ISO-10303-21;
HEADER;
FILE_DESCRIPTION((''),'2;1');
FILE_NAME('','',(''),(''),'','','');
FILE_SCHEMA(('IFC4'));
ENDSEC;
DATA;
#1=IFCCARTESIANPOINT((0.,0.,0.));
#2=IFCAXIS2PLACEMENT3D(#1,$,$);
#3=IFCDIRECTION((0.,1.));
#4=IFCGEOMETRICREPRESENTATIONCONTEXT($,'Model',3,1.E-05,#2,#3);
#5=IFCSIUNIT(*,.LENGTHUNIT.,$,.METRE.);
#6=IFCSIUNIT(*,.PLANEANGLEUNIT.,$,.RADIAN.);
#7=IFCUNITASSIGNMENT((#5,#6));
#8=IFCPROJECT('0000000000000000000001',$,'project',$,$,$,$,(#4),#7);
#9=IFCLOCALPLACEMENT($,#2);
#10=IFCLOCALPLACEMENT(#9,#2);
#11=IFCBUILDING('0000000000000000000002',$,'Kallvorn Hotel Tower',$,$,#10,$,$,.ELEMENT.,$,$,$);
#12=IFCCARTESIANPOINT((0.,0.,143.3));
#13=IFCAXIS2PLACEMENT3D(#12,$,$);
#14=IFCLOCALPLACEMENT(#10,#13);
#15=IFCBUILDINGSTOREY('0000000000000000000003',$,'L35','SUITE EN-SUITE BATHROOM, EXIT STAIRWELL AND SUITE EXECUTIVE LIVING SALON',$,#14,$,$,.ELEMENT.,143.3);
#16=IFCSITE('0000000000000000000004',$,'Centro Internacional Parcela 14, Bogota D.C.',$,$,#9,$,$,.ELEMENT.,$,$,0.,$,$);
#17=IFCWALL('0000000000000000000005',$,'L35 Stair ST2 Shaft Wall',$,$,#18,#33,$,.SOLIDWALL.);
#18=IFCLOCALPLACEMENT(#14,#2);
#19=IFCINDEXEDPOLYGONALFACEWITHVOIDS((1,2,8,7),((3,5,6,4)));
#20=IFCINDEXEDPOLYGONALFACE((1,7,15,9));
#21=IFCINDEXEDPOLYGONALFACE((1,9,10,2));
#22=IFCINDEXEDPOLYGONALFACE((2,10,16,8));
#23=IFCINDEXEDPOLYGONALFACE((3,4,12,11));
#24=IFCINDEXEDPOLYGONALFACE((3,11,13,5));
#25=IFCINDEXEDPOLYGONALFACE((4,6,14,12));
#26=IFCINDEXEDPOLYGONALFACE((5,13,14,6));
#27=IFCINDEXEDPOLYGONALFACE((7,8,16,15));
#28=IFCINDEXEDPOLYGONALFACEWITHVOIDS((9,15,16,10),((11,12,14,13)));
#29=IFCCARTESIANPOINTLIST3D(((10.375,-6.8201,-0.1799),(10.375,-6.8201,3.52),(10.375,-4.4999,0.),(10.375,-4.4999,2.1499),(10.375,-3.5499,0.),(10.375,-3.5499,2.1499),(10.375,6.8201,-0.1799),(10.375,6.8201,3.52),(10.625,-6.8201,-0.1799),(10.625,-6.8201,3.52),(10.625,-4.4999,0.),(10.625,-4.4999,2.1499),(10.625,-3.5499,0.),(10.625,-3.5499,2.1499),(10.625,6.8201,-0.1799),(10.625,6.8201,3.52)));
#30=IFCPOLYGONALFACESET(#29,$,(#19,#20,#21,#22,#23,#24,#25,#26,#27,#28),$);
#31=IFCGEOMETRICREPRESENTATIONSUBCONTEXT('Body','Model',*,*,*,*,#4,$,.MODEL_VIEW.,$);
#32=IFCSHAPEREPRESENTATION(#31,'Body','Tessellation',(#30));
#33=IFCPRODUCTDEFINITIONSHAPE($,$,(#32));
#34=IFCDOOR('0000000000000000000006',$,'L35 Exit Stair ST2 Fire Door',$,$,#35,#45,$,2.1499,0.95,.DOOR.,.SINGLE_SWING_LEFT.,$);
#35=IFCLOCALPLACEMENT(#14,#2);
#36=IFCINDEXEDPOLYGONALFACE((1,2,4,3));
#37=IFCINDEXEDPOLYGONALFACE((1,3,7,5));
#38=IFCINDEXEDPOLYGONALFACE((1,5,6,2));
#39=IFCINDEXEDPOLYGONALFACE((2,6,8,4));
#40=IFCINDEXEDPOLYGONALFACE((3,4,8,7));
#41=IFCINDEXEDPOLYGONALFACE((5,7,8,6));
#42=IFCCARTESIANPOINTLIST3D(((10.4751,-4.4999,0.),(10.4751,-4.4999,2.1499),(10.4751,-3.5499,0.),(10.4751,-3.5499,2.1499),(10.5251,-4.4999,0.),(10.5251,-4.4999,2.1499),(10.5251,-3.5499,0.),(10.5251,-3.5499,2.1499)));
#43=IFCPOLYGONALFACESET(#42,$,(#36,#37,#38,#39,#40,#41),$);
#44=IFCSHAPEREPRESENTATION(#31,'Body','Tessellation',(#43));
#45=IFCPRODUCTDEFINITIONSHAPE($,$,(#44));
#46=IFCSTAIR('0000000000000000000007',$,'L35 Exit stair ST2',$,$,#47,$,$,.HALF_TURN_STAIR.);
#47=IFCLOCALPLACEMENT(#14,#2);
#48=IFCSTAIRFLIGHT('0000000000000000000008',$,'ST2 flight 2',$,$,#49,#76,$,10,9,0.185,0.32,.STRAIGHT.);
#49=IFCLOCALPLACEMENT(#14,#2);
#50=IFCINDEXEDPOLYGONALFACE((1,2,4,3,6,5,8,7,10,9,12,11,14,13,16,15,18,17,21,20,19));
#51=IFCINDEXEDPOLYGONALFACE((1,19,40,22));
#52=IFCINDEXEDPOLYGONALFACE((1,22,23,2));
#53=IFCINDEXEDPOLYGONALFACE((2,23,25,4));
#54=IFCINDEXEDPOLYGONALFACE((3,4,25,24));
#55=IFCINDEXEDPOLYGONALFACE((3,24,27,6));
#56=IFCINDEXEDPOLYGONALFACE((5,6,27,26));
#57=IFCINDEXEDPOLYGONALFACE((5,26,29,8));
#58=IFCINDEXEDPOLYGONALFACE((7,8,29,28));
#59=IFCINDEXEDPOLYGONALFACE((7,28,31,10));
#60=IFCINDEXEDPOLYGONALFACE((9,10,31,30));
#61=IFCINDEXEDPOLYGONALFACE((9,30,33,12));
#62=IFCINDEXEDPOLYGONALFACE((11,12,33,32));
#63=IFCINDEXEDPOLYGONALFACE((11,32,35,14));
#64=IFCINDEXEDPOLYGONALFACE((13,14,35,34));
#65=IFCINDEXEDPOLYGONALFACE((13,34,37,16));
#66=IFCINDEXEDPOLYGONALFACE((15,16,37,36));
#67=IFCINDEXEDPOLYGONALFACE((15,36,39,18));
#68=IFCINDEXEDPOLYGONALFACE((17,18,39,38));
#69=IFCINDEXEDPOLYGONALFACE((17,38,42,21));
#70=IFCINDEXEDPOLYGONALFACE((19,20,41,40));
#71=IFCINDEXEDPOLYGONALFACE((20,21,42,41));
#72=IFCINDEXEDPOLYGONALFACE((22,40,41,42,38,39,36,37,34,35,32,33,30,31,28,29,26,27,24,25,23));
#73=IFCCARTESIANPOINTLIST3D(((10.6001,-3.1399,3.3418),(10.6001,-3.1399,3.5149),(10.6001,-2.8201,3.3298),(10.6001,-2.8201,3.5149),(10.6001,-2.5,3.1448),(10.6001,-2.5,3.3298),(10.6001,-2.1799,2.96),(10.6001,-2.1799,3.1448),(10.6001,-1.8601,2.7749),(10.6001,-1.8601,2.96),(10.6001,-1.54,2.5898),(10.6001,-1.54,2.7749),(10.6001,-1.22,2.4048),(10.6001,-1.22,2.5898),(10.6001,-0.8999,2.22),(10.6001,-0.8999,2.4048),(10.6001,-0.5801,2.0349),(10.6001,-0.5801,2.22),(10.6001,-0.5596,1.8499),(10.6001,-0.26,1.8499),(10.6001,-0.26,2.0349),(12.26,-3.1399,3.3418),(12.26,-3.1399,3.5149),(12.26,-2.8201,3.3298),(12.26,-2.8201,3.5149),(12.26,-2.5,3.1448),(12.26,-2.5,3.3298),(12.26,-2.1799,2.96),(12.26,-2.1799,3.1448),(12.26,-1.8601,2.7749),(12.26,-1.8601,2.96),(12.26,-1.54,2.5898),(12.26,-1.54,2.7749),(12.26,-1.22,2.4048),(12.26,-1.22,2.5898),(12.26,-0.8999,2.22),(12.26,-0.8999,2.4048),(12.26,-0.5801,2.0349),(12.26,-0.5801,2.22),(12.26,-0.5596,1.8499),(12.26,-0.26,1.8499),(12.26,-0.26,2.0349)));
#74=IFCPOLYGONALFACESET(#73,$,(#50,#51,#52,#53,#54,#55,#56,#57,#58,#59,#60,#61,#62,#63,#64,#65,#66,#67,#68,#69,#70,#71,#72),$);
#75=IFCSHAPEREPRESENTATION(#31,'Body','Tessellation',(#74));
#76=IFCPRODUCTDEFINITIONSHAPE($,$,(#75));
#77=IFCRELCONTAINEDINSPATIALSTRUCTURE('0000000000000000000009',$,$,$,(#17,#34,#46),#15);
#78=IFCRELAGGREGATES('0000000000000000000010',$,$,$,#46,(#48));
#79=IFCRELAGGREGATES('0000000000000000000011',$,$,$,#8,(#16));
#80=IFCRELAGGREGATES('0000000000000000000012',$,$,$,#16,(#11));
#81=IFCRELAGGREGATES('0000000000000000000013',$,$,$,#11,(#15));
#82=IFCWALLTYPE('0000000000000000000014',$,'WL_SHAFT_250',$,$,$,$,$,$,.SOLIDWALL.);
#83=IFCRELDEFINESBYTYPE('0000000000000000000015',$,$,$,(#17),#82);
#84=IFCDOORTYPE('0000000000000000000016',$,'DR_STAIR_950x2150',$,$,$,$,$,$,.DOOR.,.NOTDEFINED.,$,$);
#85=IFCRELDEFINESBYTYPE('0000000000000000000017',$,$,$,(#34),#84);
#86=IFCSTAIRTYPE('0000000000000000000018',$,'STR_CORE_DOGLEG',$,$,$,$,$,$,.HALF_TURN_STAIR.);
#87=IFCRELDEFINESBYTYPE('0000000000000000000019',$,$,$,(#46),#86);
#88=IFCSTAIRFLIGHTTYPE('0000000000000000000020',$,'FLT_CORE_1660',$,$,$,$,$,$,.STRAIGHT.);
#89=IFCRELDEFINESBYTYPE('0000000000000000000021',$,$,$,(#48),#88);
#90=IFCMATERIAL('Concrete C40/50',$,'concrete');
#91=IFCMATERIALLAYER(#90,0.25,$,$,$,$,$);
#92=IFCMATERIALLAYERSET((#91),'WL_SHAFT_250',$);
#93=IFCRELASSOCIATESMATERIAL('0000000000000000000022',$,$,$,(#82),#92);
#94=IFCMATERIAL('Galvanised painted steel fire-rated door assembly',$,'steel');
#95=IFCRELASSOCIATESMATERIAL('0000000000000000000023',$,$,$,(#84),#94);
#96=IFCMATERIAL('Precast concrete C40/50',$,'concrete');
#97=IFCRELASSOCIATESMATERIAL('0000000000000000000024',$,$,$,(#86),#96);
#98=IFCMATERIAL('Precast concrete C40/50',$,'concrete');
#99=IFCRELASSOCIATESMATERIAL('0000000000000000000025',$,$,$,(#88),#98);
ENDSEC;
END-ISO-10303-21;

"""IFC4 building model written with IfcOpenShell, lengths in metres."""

from ifc_helpers import new_model, si_unit, direction, frame, frame_2d, origin, place, context, subcontext, project, spatial, polyline, rectangle, outline, extrude, material, layer, layer_set, type_object, element, fill, aggregate, save


model = new_model("IFC4")

# Units and contexts
model_context = context("Model", 3, precision=1e-05, world=origin(), true_north=direction((0.0, 1.0)))
body_context = subcontext(model_context, "Body", "Model", "MODEL_VIEW")
ifc_project = project(units=[si_unit("LENGTHUNIT", "METRE"), si_unit("PLANEANGLEUNIT", "RADIAN")], contexts=[model_context])

# Site, building, storey
site_placement = place(None, origin())
site = spatial("IfcSite", under=ifc_project, at=site_placement, Name="Centro Internacional Parcela 14, Bogota D.C.", CompositionType="ELEMENT", RefElevation=0.0)
building_placement = place(site_placement, origin())
building = spatial("IfcBuilding", under=site, at=building_placement, Name="Kallvorn Hotel Tower", CompositionType="ELEMENT")
storey_placement = place(building_placement, frame((0.0, 0.0, 143.3)))
storey = spatial("IfcBuildingStorey", under=building, at=storey_placement, Name="L35", Description="SUITE EN-SUITE BATHROOM, EXIT STAIRWELL AND SUITE EXECUTIVE LIVING SALON", CompositionType="ELEMENT", Elevation=143.3)

# Wall, opening, door
ifc_material_1 = material(Name="Concrete C40/50", Category="concrete")
ifc_layer_1 = layer(ifc_material_1, 0.25)
ifc_layer_set_1 = layer_set([ifc_layer_1], Name="WL_SHAFT_250")
wall_type_1 = type_object("IfcWallType", Name="WL_SHAFT_250", PredefinedType="SOLIDWALL", material=ifc_layer_set_1)
wall_1_placement = place(storey_placement, frame((10.5, -6.8201, -0.1799), z_axis=(0.0, 0.0, 1.0), x_axis=(0.0, 1.0, 0.0)))
wall_1 = element("IfcWall", 1, at=wall_1_placement, inside=storey, type_object=wall_type_1, Name="L35 Stair ST2 Shaft Wall", PredefinedType="SOLIDWALL", context=body_context, shape_type="SweptSolid", body=[
    extrude(rectangle(XDim=13.6401, YDim=0.25, at=frame_2d((6.8201, 0.0))), origin(), (0.0, 0.0, 1.0), 3.7),
])
opening_1_placement = place(wall_1_placement, frame((2.3201, 0.0, 0.1799)))
opening_1 = element("IfcOpeningElement", 2, at=opening_1_placement, cuts=wall_1, PredefinedType="OPENING", context=body_context, shape_type="SweptSolid", body=[
    extrude(rectangle(XDim=0.95, YDim=2.1499, at=frame_2d((0.4751, 1.075))), frame((0.0, 0.1399, 0.0), z_axis=(0.0, -1.0, 0.0), x_axis=(1.0, 0.0, 0.0)), (0.0, 0.0, 1.0), 0.28),
])
ifc_material_2 = material(Name="Galvanised painted steel fire-rated door assembly", Category="steel")
door_type_1 = type_object("IfcDoorType", Name="DR_STAIR_950x2150", OperationType="NOTDEFINED", PredefinedType="DOOR", material=ifc_material_2)
door_1_placement = place(opening_1_placement, origin())
door_1 = element("IfcDoor", 3, at=door_1_placement, inside=storey, type_object=door_type_1, Name="L35 Exit Stair ST2 Fire Door", OperationType="SINGLE_SWING_LEFT", OverallHeight=2.1499, OverallWidth=0.95, PredefinedType="DOOR", context=body_context, shape_type="SweptSolid", body=[
    extrude(rectangle(XDim=0.95, YDim=2.1499, at=frame_2d((0.4751, 1.075))), frame((0.0, 0.0249, 0.0), z_axis=(0.0, -1.0, 0.0), x_axis=(1.0, 0.0, 0.0)), (0.0, 0.0, 1.0), 0.05),
])
fill(opening_1, door_1)

# Stair, stair flight
ifc_material_3 = material(Name="Precast concrete C40/50", Category="concrete")
stair_type = type_object("IfcStairType", Name="STR_CORE_DOGLEG", PredefinedType="HALF_TURN_STAIR", material=ifc_material_3)
stair_placement = place(storey_placement, origin())
stair = element("IfcStair", 4, at=stair_placement, inside=storey, type_object=stair_type, Name="L35 Exit stair ST2", PredefinedType="HALF_TURN_STAIR")
ifc_material_4 = material(Name="Precast concrete C40/50", Category="concrete")
stair_flight_type = type_object("IfcStairFlightType", Name="FLT_CORE_1660", PredefinedType="STRAIGHT", material=ifc_material_4)
stair_flight_placement = place(storey_placement, frame((11.4299, -0.26, 1.8499), z_axis=(0.0, 0.0, 1.0), x_axis=(0.0, -1.0, 0.0)))
stair_flight = element("IfcStairFlight", 5, at=stair_flight_placement, type_object=stair_flight_type, Name="ST2 flight 2", NumberOfRisers=10, NumberOfTreads=9, PredefinedType="STRAIGHT", RiserHeight=0.185, TreadLength=0.32, context=body_context, shape_type="SweptSolid", body=[
    extrude(outline(polyline([(0.0, 0.0), (0.0, 0.1851), (0.3201, 0.1851), (0.3201, 0.3701), (0.6399, 0.3701), (0.6399, 0.5549), (0.96, 0.5549), (0.96, 0.74), (1.28, 0.74), (1.28, 0.925), (1.6001, 0.925), (1.6001, 1.1101), (1.9199, 1.1101), (1.9199, 1.2949), (2.24, 1.2949), (2.24, 1.48), (2.5601, 1.48), (2.5601, 1.665), (2.8799, 1.665), (2.8799, 1.8501), (2.8799, 1.4919), (0.2996, 0.0), (0.0, 0.0)])), frame((0.0, 0.8301, 0.0), z_axis=(0.0, -1.0, 0.0), x_axis=(1.0, 0.0, 0.0)), (0.0, 0.0, 1.0), 1.6599),
])
aggregate(stair, [stair_flight])

save(model, "model.ifc")
